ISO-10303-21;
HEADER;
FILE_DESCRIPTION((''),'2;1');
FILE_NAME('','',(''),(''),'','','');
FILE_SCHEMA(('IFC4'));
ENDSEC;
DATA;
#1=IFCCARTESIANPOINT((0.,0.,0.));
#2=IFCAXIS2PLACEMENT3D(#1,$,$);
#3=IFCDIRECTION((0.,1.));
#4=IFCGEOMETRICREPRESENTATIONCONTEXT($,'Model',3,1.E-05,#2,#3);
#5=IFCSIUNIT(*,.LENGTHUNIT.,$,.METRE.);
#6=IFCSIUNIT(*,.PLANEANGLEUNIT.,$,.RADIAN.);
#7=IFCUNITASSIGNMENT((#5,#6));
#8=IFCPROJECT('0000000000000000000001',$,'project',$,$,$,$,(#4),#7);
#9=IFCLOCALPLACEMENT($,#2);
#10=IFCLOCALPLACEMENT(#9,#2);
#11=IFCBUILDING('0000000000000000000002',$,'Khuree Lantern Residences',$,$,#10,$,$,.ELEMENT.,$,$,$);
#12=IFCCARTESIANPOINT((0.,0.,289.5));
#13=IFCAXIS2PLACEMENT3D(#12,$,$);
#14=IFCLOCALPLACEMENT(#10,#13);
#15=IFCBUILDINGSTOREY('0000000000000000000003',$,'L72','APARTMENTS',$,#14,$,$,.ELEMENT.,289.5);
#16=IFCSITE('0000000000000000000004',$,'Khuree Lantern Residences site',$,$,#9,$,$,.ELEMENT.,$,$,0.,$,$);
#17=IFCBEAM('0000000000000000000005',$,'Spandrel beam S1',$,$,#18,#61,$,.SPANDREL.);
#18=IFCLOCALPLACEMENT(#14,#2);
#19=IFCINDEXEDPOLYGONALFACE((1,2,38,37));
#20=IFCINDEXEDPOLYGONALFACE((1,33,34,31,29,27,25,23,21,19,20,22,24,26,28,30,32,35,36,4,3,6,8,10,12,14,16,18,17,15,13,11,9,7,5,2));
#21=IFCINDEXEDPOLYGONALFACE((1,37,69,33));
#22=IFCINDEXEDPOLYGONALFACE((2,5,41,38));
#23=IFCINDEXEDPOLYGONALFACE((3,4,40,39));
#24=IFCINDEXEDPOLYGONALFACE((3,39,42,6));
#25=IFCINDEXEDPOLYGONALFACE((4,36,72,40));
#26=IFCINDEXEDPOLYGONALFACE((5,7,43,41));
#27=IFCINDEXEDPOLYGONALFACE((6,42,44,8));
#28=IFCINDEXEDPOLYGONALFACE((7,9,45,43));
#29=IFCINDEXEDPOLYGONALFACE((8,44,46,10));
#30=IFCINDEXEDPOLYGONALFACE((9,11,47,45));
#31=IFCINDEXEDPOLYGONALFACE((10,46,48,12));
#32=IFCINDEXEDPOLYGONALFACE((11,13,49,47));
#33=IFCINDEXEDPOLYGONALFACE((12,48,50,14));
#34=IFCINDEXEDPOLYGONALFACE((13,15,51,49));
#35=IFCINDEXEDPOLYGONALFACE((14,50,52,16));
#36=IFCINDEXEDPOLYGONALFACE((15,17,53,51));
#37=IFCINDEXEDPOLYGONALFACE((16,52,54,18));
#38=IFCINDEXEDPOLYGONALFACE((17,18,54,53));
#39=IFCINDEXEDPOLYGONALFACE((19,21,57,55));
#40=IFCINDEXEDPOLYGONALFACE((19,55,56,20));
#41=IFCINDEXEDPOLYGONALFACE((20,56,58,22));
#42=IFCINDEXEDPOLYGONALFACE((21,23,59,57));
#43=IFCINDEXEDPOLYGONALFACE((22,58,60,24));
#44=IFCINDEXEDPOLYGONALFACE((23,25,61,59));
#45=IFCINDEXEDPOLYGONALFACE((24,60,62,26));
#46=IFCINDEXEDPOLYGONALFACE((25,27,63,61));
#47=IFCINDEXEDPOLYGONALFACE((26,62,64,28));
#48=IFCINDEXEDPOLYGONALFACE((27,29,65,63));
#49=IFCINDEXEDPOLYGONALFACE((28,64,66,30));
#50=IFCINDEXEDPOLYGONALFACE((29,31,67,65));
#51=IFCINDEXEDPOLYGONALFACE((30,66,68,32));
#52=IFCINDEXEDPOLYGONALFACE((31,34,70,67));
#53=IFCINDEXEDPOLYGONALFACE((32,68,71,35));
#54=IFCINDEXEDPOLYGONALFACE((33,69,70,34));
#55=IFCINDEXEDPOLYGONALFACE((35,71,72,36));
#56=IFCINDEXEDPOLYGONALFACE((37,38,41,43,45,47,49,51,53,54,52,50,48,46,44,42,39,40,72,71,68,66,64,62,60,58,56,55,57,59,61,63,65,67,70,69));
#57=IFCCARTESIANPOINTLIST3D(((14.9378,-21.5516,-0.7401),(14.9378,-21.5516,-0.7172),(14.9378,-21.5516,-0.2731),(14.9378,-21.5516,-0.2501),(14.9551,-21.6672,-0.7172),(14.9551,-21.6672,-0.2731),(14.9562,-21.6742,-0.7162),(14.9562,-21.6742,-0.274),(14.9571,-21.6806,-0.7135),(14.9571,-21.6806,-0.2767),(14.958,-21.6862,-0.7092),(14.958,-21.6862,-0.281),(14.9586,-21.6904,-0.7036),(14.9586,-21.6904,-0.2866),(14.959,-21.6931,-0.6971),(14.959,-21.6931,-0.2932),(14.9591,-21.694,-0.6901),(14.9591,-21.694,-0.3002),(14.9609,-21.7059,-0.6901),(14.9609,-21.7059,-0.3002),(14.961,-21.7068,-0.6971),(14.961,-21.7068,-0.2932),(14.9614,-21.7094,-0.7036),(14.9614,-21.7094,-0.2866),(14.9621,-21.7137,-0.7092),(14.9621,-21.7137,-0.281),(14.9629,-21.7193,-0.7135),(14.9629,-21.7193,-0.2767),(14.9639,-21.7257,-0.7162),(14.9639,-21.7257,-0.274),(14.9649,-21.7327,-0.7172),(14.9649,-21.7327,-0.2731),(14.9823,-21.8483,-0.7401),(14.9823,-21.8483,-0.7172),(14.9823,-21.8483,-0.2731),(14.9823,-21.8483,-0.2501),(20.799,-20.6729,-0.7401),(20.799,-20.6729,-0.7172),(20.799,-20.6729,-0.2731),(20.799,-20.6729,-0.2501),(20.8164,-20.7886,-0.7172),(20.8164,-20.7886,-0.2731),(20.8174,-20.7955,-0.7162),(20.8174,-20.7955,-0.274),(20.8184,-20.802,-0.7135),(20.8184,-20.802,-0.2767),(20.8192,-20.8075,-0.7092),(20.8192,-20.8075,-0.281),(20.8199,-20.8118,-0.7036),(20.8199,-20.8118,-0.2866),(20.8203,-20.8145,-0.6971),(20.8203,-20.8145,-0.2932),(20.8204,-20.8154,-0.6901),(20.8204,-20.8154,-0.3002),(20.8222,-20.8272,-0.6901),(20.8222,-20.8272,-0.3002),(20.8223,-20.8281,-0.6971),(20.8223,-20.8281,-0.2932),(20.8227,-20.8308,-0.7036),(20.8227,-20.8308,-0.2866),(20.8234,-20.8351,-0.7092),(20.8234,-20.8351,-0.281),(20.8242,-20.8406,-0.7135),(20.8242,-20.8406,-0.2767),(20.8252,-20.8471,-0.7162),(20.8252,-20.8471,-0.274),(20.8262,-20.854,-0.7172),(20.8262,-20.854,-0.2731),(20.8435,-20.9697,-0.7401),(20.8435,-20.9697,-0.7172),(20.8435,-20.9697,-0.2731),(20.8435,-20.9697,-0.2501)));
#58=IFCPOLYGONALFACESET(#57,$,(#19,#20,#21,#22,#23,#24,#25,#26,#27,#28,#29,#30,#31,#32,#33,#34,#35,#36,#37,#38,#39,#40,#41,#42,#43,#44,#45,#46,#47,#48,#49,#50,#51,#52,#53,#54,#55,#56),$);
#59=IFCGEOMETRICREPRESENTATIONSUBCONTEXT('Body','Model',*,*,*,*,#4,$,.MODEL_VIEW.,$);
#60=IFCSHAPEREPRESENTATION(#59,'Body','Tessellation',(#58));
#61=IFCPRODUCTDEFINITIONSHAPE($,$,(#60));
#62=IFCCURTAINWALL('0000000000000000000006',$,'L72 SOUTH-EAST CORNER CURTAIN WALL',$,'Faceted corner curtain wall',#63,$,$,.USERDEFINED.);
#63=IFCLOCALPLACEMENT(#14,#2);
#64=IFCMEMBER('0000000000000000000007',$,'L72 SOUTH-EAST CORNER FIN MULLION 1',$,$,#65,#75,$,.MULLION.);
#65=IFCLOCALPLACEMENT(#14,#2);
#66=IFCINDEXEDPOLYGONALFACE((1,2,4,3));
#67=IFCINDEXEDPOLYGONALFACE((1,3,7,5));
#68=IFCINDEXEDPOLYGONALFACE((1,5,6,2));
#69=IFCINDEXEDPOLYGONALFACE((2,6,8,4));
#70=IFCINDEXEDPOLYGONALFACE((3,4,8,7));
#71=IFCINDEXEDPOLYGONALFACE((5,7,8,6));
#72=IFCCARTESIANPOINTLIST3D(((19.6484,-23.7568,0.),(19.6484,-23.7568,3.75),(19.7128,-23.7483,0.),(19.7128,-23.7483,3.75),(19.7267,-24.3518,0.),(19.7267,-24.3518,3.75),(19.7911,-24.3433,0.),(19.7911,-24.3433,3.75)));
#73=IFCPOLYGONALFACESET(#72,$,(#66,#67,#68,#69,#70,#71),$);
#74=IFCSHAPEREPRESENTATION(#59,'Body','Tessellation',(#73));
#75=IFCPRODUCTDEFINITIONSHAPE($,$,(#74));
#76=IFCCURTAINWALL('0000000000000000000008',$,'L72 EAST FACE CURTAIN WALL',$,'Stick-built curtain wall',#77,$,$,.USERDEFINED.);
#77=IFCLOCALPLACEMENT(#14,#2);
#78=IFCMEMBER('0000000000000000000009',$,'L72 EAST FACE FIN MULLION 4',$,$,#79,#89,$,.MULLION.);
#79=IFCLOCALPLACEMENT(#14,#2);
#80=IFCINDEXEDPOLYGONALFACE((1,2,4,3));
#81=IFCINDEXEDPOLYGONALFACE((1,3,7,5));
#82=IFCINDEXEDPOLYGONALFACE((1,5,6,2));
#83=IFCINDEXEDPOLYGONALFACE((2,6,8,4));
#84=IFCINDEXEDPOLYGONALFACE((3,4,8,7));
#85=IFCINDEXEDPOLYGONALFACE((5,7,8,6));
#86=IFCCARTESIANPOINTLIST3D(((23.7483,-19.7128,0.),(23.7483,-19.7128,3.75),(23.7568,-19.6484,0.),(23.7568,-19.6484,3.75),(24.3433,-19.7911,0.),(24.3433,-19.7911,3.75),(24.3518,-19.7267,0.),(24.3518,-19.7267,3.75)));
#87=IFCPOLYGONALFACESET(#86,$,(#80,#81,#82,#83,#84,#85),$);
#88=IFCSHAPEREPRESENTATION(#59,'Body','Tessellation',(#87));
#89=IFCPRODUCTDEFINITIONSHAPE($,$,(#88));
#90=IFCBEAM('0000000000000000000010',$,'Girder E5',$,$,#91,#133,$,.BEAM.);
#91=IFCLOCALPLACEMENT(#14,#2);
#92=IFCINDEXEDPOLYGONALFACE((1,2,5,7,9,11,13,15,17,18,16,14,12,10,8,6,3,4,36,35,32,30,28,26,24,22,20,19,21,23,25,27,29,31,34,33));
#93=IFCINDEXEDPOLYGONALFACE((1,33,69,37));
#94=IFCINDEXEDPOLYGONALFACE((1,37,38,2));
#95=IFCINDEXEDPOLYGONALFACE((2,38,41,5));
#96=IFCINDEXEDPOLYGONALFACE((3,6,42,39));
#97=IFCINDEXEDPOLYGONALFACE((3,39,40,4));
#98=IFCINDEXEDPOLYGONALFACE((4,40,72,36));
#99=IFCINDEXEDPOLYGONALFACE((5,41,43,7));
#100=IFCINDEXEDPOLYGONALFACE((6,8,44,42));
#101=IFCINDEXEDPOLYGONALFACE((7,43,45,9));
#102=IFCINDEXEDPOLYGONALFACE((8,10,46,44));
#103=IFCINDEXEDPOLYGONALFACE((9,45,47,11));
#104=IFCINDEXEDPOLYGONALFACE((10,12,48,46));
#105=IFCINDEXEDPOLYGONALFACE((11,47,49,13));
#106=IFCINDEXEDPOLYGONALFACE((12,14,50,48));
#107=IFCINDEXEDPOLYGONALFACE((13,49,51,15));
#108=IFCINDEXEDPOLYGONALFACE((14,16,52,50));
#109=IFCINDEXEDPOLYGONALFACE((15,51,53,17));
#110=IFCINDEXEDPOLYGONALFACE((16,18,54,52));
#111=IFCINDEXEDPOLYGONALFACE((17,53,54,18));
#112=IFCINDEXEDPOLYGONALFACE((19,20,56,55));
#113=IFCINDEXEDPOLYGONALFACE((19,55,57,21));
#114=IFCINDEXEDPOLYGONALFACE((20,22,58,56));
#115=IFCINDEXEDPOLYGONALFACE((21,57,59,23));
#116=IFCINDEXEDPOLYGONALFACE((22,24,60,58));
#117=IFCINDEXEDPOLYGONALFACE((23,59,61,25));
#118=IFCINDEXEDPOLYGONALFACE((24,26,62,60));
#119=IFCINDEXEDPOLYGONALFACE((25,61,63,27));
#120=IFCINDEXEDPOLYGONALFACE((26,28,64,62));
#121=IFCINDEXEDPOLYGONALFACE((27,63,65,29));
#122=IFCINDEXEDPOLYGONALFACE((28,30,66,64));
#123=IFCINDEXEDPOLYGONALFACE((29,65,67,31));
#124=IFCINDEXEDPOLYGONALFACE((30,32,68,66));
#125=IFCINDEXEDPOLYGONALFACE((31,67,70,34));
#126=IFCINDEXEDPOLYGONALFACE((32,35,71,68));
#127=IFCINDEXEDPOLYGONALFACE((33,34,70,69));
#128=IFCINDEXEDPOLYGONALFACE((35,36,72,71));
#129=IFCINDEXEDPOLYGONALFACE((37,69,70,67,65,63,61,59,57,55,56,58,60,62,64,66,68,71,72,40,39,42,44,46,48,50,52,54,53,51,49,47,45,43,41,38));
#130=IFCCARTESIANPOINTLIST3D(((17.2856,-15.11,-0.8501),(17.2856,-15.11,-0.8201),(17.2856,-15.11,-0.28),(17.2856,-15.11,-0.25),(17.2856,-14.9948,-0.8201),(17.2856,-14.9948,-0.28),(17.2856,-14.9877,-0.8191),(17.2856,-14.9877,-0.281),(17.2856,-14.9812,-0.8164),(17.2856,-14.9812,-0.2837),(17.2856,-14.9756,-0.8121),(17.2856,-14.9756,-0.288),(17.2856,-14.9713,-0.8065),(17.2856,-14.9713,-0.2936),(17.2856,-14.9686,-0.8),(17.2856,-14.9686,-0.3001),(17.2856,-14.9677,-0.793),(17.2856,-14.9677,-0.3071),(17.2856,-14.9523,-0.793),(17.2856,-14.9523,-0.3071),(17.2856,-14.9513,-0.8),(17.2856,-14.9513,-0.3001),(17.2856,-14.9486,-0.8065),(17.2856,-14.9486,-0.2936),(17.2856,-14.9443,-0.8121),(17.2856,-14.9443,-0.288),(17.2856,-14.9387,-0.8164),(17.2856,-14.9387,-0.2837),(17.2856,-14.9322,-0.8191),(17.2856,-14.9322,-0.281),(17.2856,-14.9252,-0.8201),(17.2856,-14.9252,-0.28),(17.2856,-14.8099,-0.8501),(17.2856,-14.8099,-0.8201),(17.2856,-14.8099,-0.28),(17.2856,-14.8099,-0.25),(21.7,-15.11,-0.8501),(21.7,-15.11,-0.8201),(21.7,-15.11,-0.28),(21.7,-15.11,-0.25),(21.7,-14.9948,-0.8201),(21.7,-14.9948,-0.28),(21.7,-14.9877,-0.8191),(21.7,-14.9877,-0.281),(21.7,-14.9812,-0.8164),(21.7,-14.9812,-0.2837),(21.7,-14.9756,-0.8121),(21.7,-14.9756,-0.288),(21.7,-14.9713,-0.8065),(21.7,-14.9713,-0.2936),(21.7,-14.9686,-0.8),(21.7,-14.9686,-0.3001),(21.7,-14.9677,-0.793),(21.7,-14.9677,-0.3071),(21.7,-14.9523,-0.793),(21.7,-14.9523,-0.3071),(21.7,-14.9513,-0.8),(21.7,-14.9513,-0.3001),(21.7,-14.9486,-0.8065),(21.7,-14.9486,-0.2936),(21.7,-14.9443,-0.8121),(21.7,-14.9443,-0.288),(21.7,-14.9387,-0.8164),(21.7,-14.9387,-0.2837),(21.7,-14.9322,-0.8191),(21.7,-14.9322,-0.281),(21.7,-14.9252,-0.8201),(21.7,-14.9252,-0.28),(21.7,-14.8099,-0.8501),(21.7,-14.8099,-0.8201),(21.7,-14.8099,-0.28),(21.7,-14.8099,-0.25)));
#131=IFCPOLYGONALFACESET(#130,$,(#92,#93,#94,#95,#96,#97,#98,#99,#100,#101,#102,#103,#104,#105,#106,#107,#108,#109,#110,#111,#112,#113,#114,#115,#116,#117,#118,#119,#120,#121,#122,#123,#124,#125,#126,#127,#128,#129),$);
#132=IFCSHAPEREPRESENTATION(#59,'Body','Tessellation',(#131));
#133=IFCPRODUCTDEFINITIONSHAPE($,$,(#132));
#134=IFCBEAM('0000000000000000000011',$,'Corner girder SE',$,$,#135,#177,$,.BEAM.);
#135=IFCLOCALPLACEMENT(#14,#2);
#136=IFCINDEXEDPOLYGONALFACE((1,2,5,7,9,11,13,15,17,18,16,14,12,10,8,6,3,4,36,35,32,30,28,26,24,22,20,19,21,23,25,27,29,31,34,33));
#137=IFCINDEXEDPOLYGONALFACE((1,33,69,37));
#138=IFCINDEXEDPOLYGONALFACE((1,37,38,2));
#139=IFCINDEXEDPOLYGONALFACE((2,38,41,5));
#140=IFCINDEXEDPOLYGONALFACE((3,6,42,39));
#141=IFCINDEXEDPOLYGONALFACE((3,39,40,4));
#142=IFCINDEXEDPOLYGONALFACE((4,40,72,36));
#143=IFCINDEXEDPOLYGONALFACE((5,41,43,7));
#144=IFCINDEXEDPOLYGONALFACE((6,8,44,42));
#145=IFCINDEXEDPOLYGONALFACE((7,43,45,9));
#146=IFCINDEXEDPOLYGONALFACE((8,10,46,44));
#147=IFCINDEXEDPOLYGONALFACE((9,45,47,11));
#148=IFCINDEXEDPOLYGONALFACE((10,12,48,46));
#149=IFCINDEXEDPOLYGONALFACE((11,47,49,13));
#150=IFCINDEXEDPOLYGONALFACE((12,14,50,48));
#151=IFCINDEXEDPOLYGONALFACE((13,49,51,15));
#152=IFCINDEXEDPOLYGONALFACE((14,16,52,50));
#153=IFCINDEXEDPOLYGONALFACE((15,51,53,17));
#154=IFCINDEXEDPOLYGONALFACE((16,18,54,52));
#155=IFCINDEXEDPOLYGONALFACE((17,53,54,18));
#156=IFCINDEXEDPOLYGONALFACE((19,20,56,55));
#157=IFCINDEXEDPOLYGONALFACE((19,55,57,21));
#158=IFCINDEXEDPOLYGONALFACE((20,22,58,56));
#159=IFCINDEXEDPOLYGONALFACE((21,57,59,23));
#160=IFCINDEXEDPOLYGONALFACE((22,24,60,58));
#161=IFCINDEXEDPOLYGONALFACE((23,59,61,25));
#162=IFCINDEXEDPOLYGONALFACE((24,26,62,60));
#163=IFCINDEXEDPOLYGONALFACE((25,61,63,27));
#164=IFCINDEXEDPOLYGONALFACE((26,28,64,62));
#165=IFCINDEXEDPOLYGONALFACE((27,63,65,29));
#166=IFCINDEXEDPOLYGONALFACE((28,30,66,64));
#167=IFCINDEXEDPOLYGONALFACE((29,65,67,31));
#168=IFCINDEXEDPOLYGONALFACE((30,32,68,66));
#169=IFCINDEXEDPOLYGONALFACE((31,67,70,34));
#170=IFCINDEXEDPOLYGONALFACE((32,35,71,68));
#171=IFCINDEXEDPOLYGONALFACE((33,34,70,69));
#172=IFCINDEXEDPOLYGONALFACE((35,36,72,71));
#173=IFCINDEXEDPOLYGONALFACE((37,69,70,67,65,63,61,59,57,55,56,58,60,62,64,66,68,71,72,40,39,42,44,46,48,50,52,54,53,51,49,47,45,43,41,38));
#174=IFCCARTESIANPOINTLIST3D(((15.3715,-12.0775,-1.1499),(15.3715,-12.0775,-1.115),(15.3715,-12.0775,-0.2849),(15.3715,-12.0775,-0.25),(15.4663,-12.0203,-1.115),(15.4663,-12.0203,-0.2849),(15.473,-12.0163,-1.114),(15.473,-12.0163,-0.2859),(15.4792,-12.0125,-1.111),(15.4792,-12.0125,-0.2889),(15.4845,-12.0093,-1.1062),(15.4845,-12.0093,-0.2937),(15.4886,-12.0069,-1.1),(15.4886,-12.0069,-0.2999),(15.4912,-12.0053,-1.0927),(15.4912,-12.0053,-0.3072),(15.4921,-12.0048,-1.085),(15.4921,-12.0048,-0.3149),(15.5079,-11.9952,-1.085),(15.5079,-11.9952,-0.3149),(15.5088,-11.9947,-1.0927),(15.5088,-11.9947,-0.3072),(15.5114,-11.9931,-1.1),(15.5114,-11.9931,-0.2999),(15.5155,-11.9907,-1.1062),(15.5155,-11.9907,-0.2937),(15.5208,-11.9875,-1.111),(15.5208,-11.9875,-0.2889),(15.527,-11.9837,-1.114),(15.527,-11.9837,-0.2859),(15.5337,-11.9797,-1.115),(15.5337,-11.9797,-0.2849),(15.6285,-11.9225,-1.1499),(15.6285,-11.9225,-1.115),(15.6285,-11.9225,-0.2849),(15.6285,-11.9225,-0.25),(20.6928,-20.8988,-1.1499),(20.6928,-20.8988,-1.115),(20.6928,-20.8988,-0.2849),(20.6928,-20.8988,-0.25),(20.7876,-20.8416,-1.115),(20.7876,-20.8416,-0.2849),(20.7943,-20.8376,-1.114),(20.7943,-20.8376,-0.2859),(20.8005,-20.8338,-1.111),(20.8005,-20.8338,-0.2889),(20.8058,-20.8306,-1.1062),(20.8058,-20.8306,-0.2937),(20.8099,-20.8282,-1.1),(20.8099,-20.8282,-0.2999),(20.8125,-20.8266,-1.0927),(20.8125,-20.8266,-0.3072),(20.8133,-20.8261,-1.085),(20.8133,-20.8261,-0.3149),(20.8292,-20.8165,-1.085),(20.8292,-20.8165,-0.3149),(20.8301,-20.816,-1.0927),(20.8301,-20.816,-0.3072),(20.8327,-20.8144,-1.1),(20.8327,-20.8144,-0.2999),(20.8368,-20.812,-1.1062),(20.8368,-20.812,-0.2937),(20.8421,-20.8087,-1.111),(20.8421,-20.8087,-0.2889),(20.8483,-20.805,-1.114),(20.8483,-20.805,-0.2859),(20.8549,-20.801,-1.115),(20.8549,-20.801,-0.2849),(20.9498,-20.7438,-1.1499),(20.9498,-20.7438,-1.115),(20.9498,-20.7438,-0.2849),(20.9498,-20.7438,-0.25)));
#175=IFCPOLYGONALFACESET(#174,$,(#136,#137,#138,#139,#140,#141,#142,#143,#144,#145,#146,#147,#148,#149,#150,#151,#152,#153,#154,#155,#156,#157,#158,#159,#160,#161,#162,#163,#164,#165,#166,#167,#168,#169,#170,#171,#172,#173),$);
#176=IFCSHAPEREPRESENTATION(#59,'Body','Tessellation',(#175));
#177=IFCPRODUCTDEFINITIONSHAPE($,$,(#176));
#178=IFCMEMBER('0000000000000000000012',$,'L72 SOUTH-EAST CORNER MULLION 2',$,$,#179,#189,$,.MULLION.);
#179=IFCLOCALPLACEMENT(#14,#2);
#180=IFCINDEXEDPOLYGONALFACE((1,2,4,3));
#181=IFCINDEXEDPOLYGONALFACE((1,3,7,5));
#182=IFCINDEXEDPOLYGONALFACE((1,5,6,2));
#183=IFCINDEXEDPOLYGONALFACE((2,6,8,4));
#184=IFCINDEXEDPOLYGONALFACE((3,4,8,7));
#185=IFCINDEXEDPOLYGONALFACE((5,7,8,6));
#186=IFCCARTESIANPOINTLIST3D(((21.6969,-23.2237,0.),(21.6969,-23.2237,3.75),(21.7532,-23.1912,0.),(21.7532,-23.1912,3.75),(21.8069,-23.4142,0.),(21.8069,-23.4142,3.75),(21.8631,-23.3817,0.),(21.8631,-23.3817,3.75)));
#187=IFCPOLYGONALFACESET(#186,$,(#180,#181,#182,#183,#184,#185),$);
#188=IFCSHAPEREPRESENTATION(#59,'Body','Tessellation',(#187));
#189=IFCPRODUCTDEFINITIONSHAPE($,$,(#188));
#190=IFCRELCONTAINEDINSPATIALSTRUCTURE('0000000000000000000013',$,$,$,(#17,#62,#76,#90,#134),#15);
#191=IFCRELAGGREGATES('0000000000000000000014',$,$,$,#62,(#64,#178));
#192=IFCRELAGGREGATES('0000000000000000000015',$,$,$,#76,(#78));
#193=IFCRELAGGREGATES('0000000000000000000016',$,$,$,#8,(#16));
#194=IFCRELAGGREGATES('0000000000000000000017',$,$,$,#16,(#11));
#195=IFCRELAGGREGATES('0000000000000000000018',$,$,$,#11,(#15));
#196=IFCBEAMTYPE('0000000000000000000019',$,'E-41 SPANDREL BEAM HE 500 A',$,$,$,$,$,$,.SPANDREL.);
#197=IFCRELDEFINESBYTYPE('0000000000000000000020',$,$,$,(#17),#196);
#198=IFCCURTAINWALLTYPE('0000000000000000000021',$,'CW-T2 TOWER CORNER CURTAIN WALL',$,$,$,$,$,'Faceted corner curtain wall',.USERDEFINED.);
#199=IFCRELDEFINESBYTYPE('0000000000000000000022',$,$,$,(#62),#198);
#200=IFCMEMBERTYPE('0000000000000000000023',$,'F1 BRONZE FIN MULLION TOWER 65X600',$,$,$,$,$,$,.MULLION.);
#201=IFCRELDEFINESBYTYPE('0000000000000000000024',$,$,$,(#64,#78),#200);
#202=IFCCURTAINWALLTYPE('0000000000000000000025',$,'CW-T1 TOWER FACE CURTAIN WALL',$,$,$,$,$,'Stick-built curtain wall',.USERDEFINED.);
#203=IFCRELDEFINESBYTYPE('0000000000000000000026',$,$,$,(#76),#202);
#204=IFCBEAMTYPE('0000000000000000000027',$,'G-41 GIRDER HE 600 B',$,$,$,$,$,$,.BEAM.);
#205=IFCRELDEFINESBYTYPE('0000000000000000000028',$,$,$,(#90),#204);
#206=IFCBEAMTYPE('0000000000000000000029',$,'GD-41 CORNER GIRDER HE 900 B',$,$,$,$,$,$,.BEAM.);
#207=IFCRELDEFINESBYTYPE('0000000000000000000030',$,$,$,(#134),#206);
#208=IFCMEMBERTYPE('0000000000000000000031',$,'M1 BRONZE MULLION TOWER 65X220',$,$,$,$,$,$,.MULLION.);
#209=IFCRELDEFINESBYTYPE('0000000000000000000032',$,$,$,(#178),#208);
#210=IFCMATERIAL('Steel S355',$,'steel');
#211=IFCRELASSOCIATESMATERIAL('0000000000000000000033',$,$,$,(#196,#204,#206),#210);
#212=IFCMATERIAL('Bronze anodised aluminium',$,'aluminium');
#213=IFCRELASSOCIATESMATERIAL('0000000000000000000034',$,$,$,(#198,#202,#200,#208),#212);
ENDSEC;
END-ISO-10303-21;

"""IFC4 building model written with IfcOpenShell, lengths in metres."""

from ifc_helpers import new_model, si_unit, direction, frame, origin, origin_2d, place, context, subcontext, project, spatial, rectangle, i_section, extrude, material, material_profile, profile_set, type_object, element, aggregate, save


model = new_model("IFC4")

# Units and contexts
model_context = context("Model", 3, precision=1e-05, world=origin(), true_north=direction((0.0, 1.0)))
body_context = subcontext(model_context, "Body", "Model", "MODEL_VIEW")
ifc_project = project(units=[si_unit("LENGTHUNIT", "METRE"), si_unit("PLANEANGLEUNIT", "RADIAN")], contexts=[model_context])

# Site, building, storey
site_placement = place(None, origin())
site = spatial("IfcSite", under=ifc_project, at=site_placement, Name="Khuree Lantern Residences site", CompositionType="ELEMENT", RefElevation=0.0)
building_placement = place(site_placement, origin())
building = spatial("IfcBuilding", under=site, at=building_placement, Name="Khuree Lantern Residences", CompositionType="ELEMENT")
storey_placement = place(building_placement, frame((0.0, 0.0, 289.5)))
storey = spatial("IfcBuildingStorey", under=building, at=storey_placement, Name="L72", Description="APARTMENTS", CompositionType="ELEMENT", Elevation=289.5)

# Beam
ifc_material_1 = material(Name="Steel S355", Category="steel")
ifc_material_profile_1 = material_profile(ifc_material_1, i_section(OverallWidth=0.3, OverallDepth=0.49, WebThickness=0.012, FlangeThickness=0.0229, FilletRadius=0.0271, at=origin_2d()), Name="HE 500 A")
ifc_profile_set_1 = profile_set([ifc_material_profile_1], Name="Steel S355")
beam_type_1 = type_object("IfcBeamType", Name="E-41 SPANDREL BEAM HE 500 A", PredefinedType="SPANDREL", material=ifc_profile_set_1)
for number, where, z_axis, x_axis, name in (
    (1, (20.8213, -20.8213, -0.4951), (-0.98895, -0.148252, 0.0), (0.148252, -0.98895, 0.0), "Spandrel beam S1"),
):
    element("IfcBeam", number, at=place(storey_placement, frame(where, z_axis=z_axis, x_axis=x_axis)), inside=storey, type_object=beam_type_1, Name=name, PredefinedType="SPANDREL", context=body_context, shape_type="SweptSolid", body=[
        extrude(i_section(OverallWidth=0.3, OverallDepth=0.49, WebThickness=0.012, FlangeThickness=0.0229, FilletRadius=0.0271, at=origin_2d()), origin(), (0.0, 0.0, 1.0), 5.9268),
    ])

# Curtain walls, members
ifc_material_2 = material(Name="Bronze anodised aluminium", Category="aluminium")
curtain_wall_type_1 = type_object("IfcCurtainWallType", Name="CW-T2 TOWER CORNER CURTAIN WALL", ElementType="Faceted corner curtain wall", PredefinedType="USERDEFINED", material=ifc_material_2)
curtain_wall_1_placement = place(storey_placement, origin())
curtain_wall_1 = element("IfcCurtainWall", 2, at=curtain_wall_1_placement, inside=storey, type_object=curtain_wall_type_1, Name="L72 SOUTH-EAST CORNER CURTAIN WALL", ObjectType="Faceted corner curtain wall", PredefinedType="USERDEFINED")
ifc_material_profile_2 = material_profile(ifc_material_2, rectangle(XDim=0.0649, YDim=0.6001, at=origin_2d()), Name="F1 65X600")
ifc_profile_set_2 = profile_set([ifc_material_profile_2], Name="Bronze anodised aluminium")
member_type_1 = type_object("IfcMemberType", Name="F1 BRONZE FIN MULLION TOWER 65X600", PredefinedType="MULLION", material=ifc_profile_set_2)
member_1_placement = place(storey_placement, frame((19.7197, -24.05, 0.0), z_axis=(0.0, 0.0, 1.0), x_axis=(0.991445, 0.130526, 0.0)))
member_1 = element("IfcMember", 3, at=member_1_placement, type_object=member_type_1, Name="L72 SOUTH-EAST CORNER FIN MULLION 1", PredefinedType="MULLION", context=body_context, shape_type="SweptSolid", body=[
    extrude(rectangle(XDim=0.0649, YDim=0.6001, at=origin_2d()), origin(), (0.0, 0.0, 1.0), 3.75),
])
curtain_wall_type_2 = type_object("IfcCurtainWallType", Name="CW-T1 TOWER FACE CURTAIN WALL", ElementType="Stick-built curtain wall", PredefinedType="USERDEFINED", material=ifc_material_2)
curtain_wall_2_placement = place(storey_placement, origin())
curtain_wall_2 = element("IfcCurtainWall", 4, at=curtain_wall_2_placement, inside=storey, type_object=curtain_wall_type_2, Name="L72 EAST FACE CURTAIN WALL", ObjectType="Stick-built curtain wall", PredefinedType="USERDEFINED")
member_2_placement = place(storey_placement, frame((24.05, -19.7197, 0.0), z_axis=(0.0, 0.0, 1.0), x_axis=(0.130526, 0.991445, 0.0)))
member_2 = element("IfcMember", 5, at=member_2_placement, type_object=member_type_1, Name="L72 EAST FACE FIN MULLION 4", PredefinedType="MULLION", context=body_context, shape_type="SweptSolid", body=[
    extrude(rectangle(XDim=0.0649, YDim=0.6001, at=origin_2d()), origin(), (0.0, 0.0, 1.0), 3.75),
])

# Beams
ifc_material_profile_3 = material_profile(ifc_material_1, i_section(OverallWidth=0.3, OverallDepth=0.6001, WebThickness=0.0154, FlangeThickness=0.03, FilletRadius=0.0271, at=origin_2d()), Name="HE 600 B")
ifc_profile_set_3 = profile_set([ifc_material_profile_3], Name="Steel S355")
beam_type_2 = type_object("IfcBeamType", Name="G-41 GIRDER HE 600 B", PredefinedType="BEAM", material=ifc_profile_set_3)
beam_1_placement = place(storey_placement, frame((21.7, -14.96, -0.55), z_axis=(-1.0, 0.0, 0.0), x_axis=(0.0, -1.0, 0.0)))
element("IfcBeam", 6, at=beam_1_placement, inside=storey, type_object=beam_type_2, Name="Girder E5", PredefinedType="BEAM", context=body_context, shape_type="SweptSolid", body=[
    extrude(i_section(OverallWidth=0.3, OverallDepth=0.6001, WebThickness=0.0154, FlangeThickness=0.03, FilletRadius=0.0271, at=origin_2d()), origin(), (0.0, 0.0, 1.0), 4.4143),
])
ifc_material_profile_4 = material_profile(ifc_material_1, i_section(OverallWidth=0.3, OverallDepth=0.8999, WebThickness=0.0186, FlangeThickness=0.0349, FilletRadius=0.03, at=origin_2d()), Name="HE 900 B")
ifc_profile_set_4 = profile_set([ifc_material_profile_4], Name="Steel S355")
beam_type_3 = type_object("IfcBeamType", Name="GD-41 CORNER GIRDER HE 900 B", PredefinedType="BEAM", material=ifc_profile_set_4)
beam_2_placement = place(storey_placement, frame((20.8213, -20.8213, -0.7), z_axis=(-0.51653, 0.856269, 0.0), x_axis=(-0.856269, -0.51653, 0.0)))
element("IfcBeam", 7, at=beam_2_placement, inside=storey, type_object=beam_type_3, Name="Corner girder SE", PredefinedType="BEAM", context=body_context, shape_type="SweptSolid", body=[
    extrude(i_section(OverallWidth=0.3, OverallDepth=0.8999, WebThickness=0.0186, FlangeThickness=0.0349, FilletRadius=0.03, at=origin_2d()), origin(), (0.0, 0.0, 1.0), 10.302),
])

# Member
ifc_material_profile_5 = material_profile(ifc_material_2, rectangle(XDim=0.0649, YDim=0.22, at=origin_2d()), Name="M1 65X220")
ifc_profile_set_5 = profile_set([ifc_material_profile_5], Name="Bronze anodised aluminium")
member_type_2 = type_object("IfcMemberType", Name="M1 BRONZE MULLION TOWER 65X220", PredefinedType="MULLION", material=ifc_profile_set_5)
member_3_placement = place(storey_placement, frame((21.78, -23.3027, 0.0), z_axis=(0.0, 0.0, 1.0), x_axis=(0.866025, 0.5, 0.0)))
member_3 = element("IfcMember", 8, at=member_3_placement, type_object=member_type_2, Name="L72 SOUTH-EAST CORNER MULLION 2", PredefinedType="MULLION", context=body_context, shape_type="SweptSolid", body=[
    extrude(rectangle(XDim=0.0649, YDim=0.22, at=origin_2d()), origin(), (0.0, 0.0, 1.0), 3.75),
])

aggregate(curtain_wall_1, [member_1, member_3])

aggregate(curtain_wall_2, [member_2])

save(model, "model.ifc")
